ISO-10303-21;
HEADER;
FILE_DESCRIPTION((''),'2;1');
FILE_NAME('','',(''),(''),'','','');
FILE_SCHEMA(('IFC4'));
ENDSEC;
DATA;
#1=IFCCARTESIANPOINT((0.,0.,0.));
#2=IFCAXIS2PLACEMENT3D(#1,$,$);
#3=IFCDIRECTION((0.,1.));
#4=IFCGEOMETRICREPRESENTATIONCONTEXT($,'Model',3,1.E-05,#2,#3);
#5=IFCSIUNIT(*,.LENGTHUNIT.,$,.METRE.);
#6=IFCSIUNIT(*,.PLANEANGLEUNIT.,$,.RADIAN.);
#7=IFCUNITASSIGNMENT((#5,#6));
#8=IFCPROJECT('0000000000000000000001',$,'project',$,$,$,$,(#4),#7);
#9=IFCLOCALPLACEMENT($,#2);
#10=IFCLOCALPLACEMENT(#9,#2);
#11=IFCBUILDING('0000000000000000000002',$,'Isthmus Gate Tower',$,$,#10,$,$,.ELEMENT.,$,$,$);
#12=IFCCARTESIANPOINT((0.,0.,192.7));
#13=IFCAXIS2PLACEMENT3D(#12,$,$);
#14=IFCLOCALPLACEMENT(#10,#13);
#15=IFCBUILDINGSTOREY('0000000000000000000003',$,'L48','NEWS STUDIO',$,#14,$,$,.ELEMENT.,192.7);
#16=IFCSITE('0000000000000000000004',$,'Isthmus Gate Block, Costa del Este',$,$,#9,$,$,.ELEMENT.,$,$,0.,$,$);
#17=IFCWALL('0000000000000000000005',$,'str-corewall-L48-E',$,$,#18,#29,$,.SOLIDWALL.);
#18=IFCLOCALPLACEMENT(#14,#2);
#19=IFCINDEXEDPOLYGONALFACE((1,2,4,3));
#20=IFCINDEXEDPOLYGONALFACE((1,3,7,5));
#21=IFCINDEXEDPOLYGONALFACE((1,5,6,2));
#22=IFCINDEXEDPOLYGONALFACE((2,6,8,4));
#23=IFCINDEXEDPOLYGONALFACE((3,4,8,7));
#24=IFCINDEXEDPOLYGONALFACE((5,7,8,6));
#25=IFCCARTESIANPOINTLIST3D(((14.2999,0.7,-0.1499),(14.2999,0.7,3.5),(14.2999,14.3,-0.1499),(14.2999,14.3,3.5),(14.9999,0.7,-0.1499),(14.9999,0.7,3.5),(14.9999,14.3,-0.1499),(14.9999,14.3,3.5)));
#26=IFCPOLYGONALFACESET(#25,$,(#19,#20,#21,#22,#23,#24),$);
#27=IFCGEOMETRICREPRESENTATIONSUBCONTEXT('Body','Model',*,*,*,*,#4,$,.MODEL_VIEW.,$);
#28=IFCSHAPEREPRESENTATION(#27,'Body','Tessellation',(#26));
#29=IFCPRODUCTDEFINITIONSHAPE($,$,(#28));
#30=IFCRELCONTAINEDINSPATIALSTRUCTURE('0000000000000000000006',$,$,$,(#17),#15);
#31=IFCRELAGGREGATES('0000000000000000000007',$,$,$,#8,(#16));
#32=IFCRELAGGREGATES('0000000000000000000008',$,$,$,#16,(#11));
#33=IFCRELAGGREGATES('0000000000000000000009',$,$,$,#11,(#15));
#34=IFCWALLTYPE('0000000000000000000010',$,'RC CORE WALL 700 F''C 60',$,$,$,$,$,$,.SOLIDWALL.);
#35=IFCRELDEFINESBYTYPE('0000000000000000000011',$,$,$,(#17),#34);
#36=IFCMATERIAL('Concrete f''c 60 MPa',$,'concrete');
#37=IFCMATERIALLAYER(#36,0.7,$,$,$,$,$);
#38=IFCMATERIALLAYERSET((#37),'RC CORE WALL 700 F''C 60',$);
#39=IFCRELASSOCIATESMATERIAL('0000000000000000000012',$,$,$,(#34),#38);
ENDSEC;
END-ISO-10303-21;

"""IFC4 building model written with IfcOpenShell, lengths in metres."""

from ifc_helpers import new_model, si_unit, direction, frame, frame_2d, origin, place, context, subcontext, project, spatial, rectangle, extrude, material, layer, layer_set, type_object, element, save


model = new_model("IFC4")

# Units and contexts
model_context = context("Model", 3, precision=1e-05, world=origin(), true_north=direction((0.0, 1.0)))
body_context = subcontext(model_context, "Body", "Model", "MODEL_VIEW")
ifc_project = project(units=[si_unit("LENGTHUNIT", "METRE"), si_unit("PLANEANGLEUNIT", "RADIAN")], contexts=[model_context])

# Site, building, storey
site_placement = place(None, origin())
site = spatial("IfcSite", under=ifc_project, at=site_placement, Name="Isthmus Gate Block, Costa del Este", CompositionType="ELEMENT", RefElevation=0.0)
building_placement = place(site_placement, origin())
building = spatial("IfcBuilding", under=site, at=building_placement, Name="Isthmus Gate Tower", CompositionType="ELEMENT")
storey_placement = place(building_placement, frame((0.0, 0.0, 192.7)))
storey = spatial("IfcBuildingStorey", under=building, at=storey_placement, Name="L48", Description="NEWS STUDIO", CompositionType="ELEMENT", Elevation=192.7)

# Wall
ifc_material_1 = material(Name="Concrete f'c 60 MPa", Category="concrete")
ifc_layer_1 = layer(ifc_material_1, 0.7)
ifc_layer_set_1 = layer_set([ifc_layer_1], Name="RC CORE WALL 700 F'C 60")
wall_type_1 = type_object("IfcWallType", Name="RC CORE WALL 700 F'C 60", PredefinedType="SOLIDWALL", material=ifc_layer_set_1)
wall_1_placement = place(storey_placement, frame((14.6499, 0.7, -0.1499), z_axis=(0.0, 0.0, 1.0), x_axis=(0.0, 1.0, 0.0)))
element("IfcWall", 1, at=wall_1_placement, inside=storey, type_object=wall_type_1, Name="str-corewall-L48-E", PredefinedType="SOLIDWALL", context=body_context, shape_type="SweptSolid", body=[
    extrude(rectangle(XDim=13.6001, YDim=0.7, at=frame_2d((6.8, 0.0))), origin(), (0.0, 0.0, 1.0), 3.6499),
])

save(model, "model.ifc")
